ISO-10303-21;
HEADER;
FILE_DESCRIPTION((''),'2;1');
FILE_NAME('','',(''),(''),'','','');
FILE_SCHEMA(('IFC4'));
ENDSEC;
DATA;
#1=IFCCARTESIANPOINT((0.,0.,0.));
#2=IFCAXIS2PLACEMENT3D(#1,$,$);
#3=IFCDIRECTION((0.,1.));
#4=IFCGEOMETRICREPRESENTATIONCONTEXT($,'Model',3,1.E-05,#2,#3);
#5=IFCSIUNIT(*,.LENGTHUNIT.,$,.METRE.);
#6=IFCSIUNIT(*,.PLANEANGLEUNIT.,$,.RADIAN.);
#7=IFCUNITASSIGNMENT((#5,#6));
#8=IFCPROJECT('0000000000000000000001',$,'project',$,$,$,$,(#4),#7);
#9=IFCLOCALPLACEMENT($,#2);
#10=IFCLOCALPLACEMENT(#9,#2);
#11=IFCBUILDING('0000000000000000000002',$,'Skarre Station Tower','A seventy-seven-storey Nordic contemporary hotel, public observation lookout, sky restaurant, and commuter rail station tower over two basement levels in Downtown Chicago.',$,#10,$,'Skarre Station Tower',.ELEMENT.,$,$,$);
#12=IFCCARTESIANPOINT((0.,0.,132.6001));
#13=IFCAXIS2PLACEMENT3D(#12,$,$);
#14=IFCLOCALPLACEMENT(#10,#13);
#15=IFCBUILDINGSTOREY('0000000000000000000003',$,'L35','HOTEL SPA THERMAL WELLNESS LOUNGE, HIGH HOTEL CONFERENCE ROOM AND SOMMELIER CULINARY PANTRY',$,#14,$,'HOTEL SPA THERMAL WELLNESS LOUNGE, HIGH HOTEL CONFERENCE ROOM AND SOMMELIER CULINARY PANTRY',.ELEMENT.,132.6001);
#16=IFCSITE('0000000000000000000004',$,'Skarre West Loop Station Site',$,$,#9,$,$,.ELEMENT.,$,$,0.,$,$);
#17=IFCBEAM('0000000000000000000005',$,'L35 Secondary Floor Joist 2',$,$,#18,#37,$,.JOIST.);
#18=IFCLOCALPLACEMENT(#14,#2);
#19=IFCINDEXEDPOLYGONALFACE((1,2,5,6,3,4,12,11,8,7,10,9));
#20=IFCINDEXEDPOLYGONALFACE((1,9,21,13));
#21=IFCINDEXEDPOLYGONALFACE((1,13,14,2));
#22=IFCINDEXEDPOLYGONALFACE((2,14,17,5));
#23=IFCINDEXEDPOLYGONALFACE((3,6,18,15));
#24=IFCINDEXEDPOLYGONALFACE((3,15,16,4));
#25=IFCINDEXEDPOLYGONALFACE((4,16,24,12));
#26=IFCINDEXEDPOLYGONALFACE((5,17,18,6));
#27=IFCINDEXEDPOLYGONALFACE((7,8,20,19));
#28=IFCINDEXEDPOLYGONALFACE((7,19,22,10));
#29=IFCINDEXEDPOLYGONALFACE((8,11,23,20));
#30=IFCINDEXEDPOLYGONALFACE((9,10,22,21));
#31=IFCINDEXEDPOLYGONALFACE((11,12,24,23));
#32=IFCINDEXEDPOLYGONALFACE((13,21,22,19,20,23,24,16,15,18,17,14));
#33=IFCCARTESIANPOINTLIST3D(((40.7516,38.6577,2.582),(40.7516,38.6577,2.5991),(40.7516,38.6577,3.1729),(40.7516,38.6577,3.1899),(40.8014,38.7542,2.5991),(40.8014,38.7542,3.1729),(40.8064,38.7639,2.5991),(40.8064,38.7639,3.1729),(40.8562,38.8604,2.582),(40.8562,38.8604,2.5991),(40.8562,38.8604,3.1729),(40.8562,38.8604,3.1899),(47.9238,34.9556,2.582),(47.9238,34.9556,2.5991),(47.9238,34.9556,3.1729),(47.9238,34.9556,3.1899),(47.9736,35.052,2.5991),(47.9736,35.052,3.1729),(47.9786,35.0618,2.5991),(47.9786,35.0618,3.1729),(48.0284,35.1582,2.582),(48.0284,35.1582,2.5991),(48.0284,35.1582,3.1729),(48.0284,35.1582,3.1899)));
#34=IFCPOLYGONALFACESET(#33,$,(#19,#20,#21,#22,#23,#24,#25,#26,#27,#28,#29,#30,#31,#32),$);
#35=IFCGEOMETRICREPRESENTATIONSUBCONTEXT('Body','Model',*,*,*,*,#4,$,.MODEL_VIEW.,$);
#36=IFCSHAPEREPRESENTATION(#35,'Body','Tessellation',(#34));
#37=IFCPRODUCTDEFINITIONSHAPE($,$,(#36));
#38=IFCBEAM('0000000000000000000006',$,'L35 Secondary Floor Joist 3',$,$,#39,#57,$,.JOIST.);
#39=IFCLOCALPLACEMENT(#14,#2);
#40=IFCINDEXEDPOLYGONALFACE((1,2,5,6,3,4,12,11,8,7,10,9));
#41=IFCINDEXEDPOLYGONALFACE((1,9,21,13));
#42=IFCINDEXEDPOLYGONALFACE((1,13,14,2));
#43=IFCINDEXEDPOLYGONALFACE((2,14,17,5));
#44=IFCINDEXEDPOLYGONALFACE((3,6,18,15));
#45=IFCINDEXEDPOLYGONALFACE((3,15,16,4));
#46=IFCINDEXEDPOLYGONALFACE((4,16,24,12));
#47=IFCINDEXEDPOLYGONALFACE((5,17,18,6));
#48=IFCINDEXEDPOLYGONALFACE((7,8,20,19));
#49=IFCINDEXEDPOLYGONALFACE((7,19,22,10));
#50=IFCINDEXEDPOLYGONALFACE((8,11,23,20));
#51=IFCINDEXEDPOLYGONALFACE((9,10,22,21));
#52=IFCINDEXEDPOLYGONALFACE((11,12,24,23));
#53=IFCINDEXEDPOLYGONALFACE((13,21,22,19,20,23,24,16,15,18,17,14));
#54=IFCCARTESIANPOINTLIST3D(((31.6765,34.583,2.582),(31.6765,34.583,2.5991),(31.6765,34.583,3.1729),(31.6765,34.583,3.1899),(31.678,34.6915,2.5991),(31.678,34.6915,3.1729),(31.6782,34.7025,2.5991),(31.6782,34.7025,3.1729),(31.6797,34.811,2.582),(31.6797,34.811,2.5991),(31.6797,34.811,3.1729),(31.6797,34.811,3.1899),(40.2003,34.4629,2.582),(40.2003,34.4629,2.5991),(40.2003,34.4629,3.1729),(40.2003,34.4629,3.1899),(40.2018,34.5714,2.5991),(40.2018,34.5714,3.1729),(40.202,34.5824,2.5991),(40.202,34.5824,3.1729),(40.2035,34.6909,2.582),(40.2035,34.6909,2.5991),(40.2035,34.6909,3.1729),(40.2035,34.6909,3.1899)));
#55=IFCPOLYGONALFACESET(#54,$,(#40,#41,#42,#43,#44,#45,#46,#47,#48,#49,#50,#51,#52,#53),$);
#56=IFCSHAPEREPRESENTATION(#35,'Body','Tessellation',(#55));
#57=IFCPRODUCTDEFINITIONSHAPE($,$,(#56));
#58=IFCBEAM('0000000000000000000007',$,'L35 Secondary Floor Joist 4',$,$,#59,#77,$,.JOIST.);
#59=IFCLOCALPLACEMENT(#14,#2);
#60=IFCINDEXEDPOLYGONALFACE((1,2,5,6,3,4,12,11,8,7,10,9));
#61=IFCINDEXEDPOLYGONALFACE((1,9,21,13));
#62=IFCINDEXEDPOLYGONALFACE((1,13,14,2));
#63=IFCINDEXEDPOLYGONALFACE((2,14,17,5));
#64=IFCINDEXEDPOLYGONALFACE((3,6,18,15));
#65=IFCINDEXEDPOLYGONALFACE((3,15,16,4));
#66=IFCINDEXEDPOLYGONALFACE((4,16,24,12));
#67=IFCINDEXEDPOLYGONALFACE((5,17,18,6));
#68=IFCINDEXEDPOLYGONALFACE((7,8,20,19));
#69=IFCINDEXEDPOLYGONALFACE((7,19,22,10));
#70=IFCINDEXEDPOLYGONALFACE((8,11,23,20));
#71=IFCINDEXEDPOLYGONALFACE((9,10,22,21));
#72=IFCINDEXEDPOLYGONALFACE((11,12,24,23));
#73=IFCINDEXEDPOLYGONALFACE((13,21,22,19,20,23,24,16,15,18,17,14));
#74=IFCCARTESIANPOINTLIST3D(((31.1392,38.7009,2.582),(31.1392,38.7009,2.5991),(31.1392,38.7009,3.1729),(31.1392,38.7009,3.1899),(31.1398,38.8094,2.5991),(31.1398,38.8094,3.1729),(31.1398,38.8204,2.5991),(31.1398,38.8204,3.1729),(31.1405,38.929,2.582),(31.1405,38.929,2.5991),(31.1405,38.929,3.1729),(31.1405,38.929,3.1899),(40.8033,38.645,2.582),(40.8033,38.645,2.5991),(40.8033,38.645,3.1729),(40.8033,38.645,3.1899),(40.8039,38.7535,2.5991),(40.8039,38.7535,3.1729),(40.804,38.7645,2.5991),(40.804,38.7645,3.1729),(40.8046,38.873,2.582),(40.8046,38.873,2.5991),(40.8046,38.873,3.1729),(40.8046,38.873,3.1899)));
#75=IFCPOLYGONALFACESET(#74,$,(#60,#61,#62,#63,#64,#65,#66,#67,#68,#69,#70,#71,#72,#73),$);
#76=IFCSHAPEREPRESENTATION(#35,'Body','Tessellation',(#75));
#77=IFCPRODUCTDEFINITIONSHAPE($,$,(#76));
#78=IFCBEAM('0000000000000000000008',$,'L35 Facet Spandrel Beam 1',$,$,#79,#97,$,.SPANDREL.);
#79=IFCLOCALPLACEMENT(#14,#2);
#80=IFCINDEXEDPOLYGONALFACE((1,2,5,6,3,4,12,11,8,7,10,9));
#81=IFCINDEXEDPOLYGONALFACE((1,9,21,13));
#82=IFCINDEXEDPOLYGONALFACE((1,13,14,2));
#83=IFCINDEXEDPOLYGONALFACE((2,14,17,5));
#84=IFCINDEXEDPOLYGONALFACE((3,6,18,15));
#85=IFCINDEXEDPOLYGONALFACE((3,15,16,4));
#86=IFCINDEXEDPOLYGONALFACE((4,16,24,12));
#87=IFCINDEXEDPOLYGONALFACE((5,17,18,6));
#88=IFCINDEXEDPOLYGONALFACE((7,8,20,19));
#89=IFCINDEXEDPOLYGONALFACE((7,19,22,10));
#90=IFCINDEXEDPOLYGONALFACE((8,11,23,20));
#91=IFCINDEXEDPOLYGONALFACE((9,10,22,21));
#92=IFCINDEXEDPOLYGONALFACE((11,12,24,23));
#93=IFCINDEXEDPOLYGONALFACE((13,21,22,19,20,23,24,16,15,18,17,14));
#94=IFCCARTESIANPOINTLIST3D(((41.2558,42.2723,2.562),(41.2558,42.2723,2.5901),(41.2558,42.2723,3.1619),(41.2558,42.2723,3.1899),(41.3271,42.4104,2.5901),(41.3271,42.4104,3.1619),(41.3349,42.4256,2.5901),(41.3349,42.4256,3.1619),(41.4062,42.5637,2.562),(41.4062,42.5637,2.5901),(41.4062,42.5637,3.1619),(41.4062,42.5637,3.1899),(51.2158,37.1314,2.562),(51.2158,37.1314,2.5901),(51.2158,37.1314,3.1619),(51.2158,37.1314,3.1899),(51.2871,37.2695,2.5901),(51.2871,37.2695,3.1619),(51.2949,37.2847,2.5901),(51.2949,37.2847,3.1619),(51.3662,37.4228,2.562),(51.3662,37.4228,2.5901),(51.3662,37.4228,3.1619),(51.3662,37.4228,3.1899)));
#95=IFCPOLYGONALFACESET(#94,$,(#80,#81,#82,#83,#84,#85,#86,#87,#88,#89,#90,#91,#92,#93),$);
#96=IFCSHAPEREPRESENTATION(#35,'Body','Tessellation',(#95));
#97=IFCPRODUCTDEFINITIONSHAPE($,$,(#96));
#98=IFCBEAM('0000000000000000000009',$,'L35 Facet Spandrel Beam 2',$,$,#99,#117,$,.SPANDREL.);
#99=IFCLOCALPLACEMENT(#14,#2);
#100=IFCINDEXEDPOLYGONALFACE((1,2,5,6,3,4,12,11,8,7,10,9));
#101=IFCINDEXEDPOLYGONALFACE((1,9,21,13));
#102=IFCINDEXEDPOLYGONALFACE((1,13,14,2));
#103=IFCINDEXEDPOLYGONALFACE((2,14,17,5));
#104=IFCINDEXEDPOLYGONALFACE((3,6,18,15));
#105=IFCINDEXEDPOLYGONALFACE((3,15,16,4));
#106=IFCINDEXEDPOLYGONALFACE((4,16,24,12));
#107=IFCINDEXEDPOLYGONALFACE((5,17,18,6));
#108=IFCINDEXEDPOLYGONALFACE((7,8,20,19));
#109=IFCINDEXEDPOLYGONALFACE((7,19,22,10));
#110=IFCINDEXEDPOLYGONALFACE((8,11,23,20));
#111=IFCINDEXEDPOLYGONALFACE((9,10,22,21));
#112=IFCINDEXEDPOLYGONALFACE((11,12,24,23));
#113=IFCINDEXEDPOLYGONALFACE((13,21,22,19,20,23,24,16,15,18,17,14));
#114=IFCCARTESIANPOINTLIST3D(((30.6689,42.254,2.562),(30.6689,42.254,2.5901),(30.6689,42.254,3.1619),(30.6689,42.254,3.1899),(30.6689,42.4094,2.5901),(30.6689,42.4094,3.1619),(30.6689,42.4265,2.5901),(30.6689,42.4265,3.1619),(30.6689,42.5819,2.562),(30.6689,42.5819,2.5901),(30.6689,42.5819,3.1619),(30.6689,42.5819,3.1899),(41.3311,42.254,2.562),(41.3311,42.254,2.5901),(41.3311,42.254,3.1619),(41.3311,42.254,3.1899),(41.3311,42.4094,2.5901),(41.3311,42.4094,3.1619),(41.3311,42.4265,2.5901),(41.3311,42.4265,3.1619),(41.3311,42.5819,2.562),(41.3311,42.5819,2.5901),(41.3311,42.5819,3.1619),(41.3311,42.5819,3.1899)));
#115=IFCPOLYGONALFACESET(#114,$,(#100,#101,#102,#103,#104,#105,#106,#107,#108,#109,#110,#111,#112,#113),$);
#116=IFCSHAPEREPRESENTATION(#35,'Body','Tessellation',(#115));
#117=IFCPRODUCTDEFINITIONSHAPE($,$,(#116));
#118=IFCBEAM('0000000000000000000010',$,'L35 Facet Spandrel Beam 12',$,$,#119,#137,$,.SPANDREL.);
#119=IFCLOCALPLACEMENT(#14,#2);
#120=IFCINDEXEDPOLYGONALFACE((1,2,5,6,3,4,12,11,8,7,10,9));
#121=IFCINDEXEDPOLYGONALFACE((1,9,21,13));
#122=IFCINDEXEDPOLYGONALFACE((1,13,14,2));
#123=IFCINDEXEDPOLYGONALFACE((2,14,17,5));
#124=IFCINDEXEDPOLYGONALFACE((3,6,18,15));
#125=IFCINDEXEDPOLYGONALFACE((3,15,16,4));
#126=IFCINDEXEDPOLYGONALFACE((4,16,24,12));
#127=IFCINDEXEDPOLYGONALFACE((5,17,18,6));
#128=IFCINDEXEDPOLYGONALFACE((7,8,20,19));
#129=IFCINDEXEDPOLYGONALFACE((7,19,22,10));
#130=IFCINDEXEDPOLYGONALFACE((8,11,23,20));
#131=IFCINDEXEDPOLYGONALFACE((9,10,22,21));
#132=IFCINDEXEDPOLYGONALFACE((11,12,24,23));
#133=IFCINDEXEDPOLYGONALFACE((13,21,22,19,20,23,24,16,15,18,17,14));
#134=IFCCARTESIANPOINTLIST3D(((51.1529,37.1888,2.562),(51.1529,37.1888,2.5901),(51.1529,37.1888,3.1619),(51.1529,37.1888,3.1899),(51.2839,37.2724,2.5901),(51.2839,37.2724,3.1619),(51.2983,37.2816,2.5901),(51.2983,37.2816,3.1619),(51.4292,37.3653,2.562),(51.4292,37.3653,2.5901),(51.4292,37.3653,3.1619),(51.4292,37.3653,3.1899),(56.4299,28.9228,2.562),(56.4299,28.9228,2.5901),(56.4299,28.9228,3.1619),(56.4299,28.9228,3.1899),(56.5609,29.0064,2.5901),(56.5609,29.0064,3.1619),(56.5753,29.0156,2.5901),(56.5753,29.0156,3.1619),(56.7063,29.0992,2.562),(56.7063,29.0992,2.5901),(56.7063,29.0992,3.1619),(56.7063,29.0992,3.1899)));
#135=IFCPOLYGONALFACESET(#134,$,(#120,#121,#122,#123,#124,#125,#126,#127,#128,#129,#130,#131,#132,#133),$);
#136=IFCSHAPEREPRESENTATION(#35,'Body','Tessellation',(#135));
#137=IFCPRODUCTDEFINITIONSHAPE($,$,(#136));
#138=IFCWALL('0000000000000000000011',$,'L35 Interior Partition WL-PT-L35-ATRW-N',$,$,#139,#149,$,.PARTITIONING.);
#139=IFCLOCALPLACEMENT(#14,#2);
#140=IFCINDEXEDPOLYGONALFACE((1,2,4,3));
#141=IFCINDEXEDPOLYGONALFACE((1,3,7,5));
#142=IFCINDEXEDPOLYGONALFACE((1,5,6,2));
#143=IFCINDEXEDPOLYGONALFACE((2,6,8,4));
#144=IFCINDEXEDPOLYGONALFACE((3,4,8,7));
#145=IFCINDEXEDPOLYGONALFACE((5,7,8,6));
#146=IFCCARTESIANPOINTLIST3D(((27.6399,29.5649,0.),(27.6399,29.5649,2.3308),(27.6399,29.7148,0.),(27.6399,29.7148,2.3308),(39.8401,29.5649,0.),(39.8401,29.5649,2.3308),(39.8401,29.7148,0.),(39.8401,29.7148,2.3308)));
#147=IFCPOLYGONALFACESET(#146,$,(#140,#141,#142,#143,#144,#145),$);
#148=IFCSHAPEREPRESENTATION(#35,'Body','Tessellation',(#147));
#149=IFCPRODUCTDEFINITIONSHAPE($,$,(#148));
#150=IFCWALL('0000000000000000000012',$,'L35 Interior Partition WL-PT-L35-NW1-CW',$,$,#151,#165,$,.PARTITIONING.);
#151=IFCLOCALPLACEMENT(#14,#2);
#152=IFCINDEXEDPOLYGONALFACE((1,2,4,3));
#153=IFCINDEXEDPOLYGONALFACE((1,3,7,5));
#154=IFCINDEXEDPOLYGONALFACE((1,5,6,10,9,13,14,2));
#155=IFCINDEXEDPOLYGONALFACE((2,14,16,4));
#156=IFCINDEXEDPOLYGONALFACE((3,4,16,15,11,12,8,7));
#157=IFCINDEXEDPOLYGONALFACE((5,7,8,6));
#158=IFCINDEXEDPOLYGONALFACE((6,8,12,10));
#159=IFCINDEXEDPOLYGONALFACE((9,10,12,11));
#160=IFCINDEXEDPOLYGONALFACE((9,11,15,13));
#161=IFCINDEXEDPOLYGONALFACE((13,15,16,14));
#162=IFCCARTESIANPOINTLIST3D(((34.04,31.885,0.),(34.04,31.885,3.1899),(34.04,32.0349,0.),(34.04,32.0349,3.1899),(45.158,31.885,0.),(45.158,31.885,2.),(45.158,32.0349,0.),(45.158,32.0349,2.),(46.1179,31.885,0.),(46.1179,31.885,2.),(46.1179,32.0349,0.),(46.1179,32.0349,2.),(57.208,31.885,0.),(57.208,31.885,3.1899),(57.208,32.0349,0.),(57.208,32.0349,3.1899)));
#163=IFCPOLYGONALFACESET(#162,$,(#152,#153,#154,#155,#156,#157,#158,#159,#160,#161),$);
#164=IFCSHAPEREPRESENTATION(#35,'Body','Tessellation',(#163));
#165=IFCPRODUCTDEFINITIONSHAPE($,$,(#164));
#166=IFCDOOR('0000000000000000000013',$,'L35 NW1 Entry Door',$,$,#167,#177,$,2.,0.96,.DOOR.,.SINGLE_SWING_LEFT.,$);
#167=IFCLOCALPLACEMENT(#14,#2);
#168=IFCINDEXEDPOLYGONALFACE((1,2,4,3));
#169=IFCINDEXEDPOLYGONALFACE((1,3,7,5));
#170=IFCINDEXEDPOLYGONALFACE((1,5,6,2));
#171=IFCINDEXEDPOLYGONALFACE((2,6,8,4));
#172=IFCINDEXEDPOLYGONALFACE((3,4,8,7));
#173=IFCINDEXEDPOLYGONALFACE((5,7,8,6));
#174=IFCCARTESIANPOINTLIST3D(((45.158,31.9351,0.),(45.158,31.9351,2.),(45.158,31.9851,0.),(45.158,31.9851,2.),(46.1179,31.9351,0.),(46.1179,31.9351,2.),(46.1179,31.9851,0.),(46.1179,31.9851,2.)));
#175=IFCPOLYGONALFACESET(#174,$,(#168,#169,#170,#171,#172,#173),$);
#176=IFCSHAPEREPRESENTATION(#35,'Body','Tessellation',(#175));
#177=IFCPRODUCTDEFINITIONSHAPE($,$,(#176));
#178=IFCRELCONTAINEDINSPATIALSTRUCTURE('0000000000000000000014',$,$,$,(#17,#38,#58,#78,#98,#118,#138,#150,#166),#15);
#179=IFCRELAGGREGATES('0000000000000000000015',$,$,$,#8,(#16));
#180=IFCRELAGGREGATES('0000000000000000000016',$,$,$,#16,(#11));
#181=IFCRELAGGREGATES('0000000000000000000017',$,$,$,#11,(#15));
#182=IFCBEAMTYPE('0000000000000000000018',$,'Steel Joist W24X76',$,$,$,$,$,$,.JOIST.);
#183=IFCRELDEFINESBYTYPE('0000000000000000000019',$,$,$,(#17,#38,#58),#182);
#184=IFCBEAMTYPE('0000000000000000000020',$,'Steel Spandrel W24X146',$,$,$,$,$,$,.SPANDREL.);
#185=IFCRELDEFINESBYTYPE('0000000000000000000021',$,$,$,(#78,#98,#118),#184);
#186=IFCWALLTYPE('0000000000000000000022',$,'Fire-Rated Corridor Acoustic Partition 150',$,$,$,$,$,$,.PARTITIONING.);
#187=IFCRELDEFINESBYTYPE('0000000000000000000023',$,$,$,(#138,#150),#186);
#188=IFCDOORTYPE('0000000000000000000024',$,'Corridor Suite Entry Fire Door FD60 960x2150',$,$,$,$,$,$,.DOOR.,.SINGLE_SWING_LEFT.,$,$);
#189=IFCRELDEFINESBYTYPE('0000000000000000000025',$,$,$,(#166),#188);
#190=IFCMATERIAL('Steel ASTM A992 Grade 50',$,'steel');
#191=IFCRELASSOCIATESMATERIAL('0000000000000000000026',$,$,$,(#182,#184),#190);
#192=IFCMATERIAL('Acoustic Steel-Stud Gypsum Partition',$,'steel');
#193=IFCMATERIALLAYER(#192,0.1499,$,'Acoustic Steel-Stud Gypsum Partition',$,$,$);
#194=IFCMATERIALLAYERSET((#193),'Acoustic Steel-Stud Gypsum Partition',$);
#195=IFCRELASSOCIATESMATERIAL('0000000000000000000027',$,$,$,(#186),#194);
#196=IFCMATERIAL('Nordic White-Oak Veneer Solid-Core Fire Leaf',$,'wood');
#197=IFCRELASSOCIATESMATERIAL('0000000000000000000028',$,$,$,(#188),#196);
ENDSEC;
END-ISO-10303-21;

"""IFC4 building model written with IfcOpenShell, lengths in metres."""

from ifc_helpers import new_model, si_unit, direction, frame, frame_2d, origin, origin_2d, place, context, subcontext, project, spatial, rectangle, i_section, extrude, material, layer, layer_set, material_profile, profile_set, type_object, element, fill, save


model = new_model("IFC4")

# Units and contexts
model_context = context("Model", 3, precision=1e-05, world=origin(), true_north=direction((0.0, 1.0)))
body_context = subcontext(model_context, "Body", "Model", "MODEL_VIEW")
ifc_project = project(units=[si_unit("LENGTHUNIT", "METRE"), si_unit("PLANEANGLEUNIT", "RADIAN")], contexts=[model_context])

# Site, building, storey
site_placement = place(None, origin())
site = spatial("IfcSite", under=ifc_project, at=site_placement, Name="Skarre West Loop Station Site", CompositionType="ELEMENT", RefElevation=0.0)
building_placement = place(site_placement, origin())
building = spatial("IfcBuilding", under=site, at=building_placement, Name="Skarre Station Tower", Description="A seventy-seven-storey Nordic contemporary hotel, public observation lookout, sky restaurant, and commuter rail station tower over two basement levels in Downtown Chicago.", LongName="Skarre Station Tower", CompositionType="ELEMENT")
storey_placement = place(building_placement, frame((0.0, 0.0, 132.6001)))
storey = spatial("IfcBuildingStorey", under=building, at=storey_placement, Name="L35", Description="HOTEL SPA THERMAL WELLNESS LOUNGE, HIGH HOTEL CONFERENCE ROOM AND SOMMELIER CULINARY PANTRY", LongName="HOTEL SPA THERMAL WELLNESS LOUNGE, HIGH HOTEL CONFERENCE ROOM AND SOMMELIER CULINARY PANTRY", CompositionType="ELEMENT", Elevation=132.6001)

# Beams
ifc_material_1 = material(Name="Steel ASTM A992 Grade 50", Category="steel")
ifc_material_profile_1 = material_profile(ifc_material_1, i_section(OverallWidth=0.228, OverallDepth=0.6079, WebThickness=0.011, FlangeThickness=0.0171, at=origin_2d()), Name="Steel ASTM A992 Grade 50")
ifc_profile_set_1 = profile_set([ifc_material_profile_1], Name="Steel ASTM A992 Grade 50")
beam_type_1 = type_object("IfcBeamType", Name="Steel Joist W24X76", PredefinedType="JOIST", material=ifc_profile_set_1)
beam_1_placement = place(storey_placement, frame((47.9761, 35.0569, 2.886), z_axis=(-0.8886, 0.458683, 0.0), x_axis=(-0.458683, -0.8886, 0.0)))
element("IfcBeam", 1, at=beam_1_placement, inside=storey, type_object=beam_type_1, Name="L35 Secondary Floor Joist 2", PredefinedType="JOIST", context=body_context, shape_type="SweptSolid", body=[
    extrude(i_section(OverallWidth=0.228, OverallDepth=0.6079, WebThickness=0.011, FlangeThickness=0.0171, at=origin_2d()), origin(), (0.0, 0.0, 1.0), 8.0713),
])
beam_2_placement = place(storey_placement, frame((40.2019, 34.5769, 2.886), z_axis=(-0.999901, 0.01409, 0.0), x_axis=(-0.01409, -0.999901, 0.0)))
element("IfcBeam", 2, at=beam_2_placement, inside=storey, type_object=beam_type_1, Name="L35 Secondary Floor Joist 3", PredefinedType="JOIST", context=body_context, shape_type="SweptSolid", body=[
    extrude(i_section(OverallWidth=0.228, OverallDepth=0.6079, WebThickness=0.011, FlangeThickness=0.0171, at=origin_2d()), origin(), (0.0, 0.0, 1.0), 8.5247),
])
beam_3_placement = place(storey_placement, frame((40.804, 38.759, 2.886), z_axis=(-0.999983, 0.005785, 0.0), x_axis=(-0.005785, -0.999983, 0.0)))
element("IfcBeam", 3, at=beam_3_placement, inside=storey, type_object=beam_type_1, Name="L35 Secondary Floor Joist 4", PredefinedType="JOIST", context=body_context, shape_type="SweptSolid", body=[
    extrude(i_section(OverallWidth=0.228, OverallDepth=0.6079, WebThickness=0.011, FlangeThickness=0.0171, at=origin_2d()), origin(), (0.0, 0.0, 1.0), 9.6643),
])
ifc_material_profile_2 = material_profile(ifc_material_1, i_section(OverallWidth=0.3279, OverallDepth=0.6279, WebThickness=0.0171, FlangeThickness=0.0281, at=origin_2d()), Name="Steel ASTM A992 Grade 50")
ifc_profile_set_2 = profile_set([ifc_material_profile_2], Name="Steel ASTM A992 Grade 50")
beam_type_2 = type_object("IfcBeamType", Name="Steel Spandrel W24X146", PredefinedType="SPANDREL", material=ifc_profile_set_2)
beam_4_placement = place(storey_placement, frame((51.291, 37.2771, 2.876), z_axis=(-0.888612, 0.45866, 0.0), x_axis=(-0.45866, -0.888612, 0.0)))
element("IfcBeam", 4, at=beam_4_placement, inside=storey, type_object=beam_type_2, Name="L35 Facet Spandrel Beam 1", PredefinedType="SPANDREL", context=body_context, shape_type="SweptSolid", body=[
    extrude(i_section(OverallWidth=0.3279, OverallDepth=0.6279, WebThickness=0.0171, FlangeThickness=0.0281, at=origin_2d()), origin(), (0.0, 0.0, 1.0), 11.2085),
])
beam_5_placement = place(storey_placement, frame((41.3311, 42.418, 2.876), z_axis=(-1.0, 0.0, 0.0), x_axis=(0.0, -1.0, 0.0)))
element("IfcBeam", 5, at=beam_5_placement, inside=storey, type_object=beam_type_2, Name="L35 Facet Spandrel Beam 2", PredefinedType="SPANDREL", context=body_context, shape_type="SweptSolid", body=[
    extrude(i_section(OverallWidth=0.3279, OverallDepth=0.6279, WebThickness=0.0171, FlangeThickness=0.0281, at=origin_2d()), origin(), (0.0, 0.0, 1.0), 10.6621),
])
beam_6_placement = place(storey_placement, frame((56.5681, 29.011, 2.876), z_axis=(-0.538098, 0.842883, 0.0), x_axis=(-0.842883, -0.538098, 0.0)))
element("IfcBeam", 6, at=beam_6_placement, inside=storey, type_object=beam_type_2, Name="L35 Facet Spandrel Beam 12", PredefinedType="SPANDREL", context=body_context, shape_type="SweptSolid", body=[
    extrude(i_section(OverallWidth=0.3279, OverallDepth=0.6279, WebThickness=0.0171, FlangeThickness=0.0281, at=origin_2d()), origin(), (0.0, 0.0, 1.0), 9.8069),
])

# Wall
ifc_material_2 = material(Name="Acoustic Steel-Stud Gypsum Partition", Category="steel")
ifc_layer_1 = layer(ifc_material_2, 0.1499, Name="Acoustic Steel-Stud Gypsum Partition")
ifc_layer_set_1 = layer_set([ifc_layer_1], Name="Acoustic Steel-Stud Gypsum Partition")
wall_type_1 = type_object("IfcWallType", Name="Fire-Rated Corridor Acoustic Partition 150", PredefinedType="PARTITIONING", material=ifc_layer_set_1)
wall_1_placement = place(storey_placement, frame((39.8401, 29.6399, 0.0), z_axis=(0.0, 0.0, 1.0), x_axis=(-1.0, 0.0, 0.0)))
element("IfcWall", 7, at=wall_1_placement, inside=storey, type_object=wall_type_1, Name="L35 Interior Partition WL-PT-L35-ATRW-N", PredefinedType="PARTITIONING", context=body_context, shape_type="SweptSolid", body=[
    extrude(rectangle(XDim=12.2002, YDim=0.1499, at=frame_2d((6.1001, 0.0))), origin(), (0.0, 0.0, 1.0), 2.3308),
])

# Wall, opening, door
wall_2_placement = place(storey_placement, frame((57.208, 31.96, 0.0), z_axis=(0.0, 0.0, 1.0), x_axis=(-1.0, 0.0, 0.0)))
wall_2 = element("IfcWall", 8, at=wall_2_placement, inside=storey, type_object=wall_type_1, Name="L35 Interior Partition WL-PT-L35-NW1-CW", PredefinedType="PARTITIONING", context=body_context, shape_type="SweptSolid", body=[
    extrude(rectangle(XDim=23.168, YDim=0.1499, at=frame_2d((11.584, 0.0))), origin(), (0.0, 0.0, 1.0), 3.1899),
])
opening_1_placement = place(wall_2_placement, frame((11.0901, 0.0, 0.0)))
opening_1 = element("IfcOpeningElement", 9, at=opening_1_placement, cuts=wall_2, PredefinedType="OPENING", context=body_context, shape_type="SweptSolid", body=[
    extrude(rectangle(XDim=0.96, YDim=2.0, at=frame_2d((0.48, 1.0))), frame((0.0, 0.085, 0.0), z_axis=(0.0, -1.0, 0.0), x_axis=(1.0, 0.0, 0.0)), (0.0, 0.0, 1.0), 0.1699),
])
ifc_material_3 = material(Name="Nordic White-Oak Veneer Solid-Core Fire Leaf", Category="wood")
door_type = type_object("IfcDoorType", Name="Corridor Suite Entry Fire Door FD60 960x2150", OperationType="SINGLE_SWING_LEFT", PredefinedType="DOOR", material=ifc_material_3)
door_1_placement = place(opening_1_placement, origin())
door_1 = element("IfcDoor", 10, at=door_1_placement, inside=storey, type_object=door_type, Name="L35 NW1 Entry Door", OperationType="SINGLE_SWING_LEFT", OverallHeight=2.0, OverallWidth=0.96, PredefinedType="DOOR", context=body_context, shape_type="SweptSolid", body=[
    extrude(rectangle(XDim=0.96, YDim=2.0, at=frame_2d((0.48, 1.0))), frame((0.0, 0.0249, 0.0), z_axis=(0.0, -1.0, 0.0), x_axis=(1.0, 0.0, 0.0)), (0.0, 0.0, 1.0), 0.05),
])
fill(opening_1, door_1)

save(model, "model.ifc")
